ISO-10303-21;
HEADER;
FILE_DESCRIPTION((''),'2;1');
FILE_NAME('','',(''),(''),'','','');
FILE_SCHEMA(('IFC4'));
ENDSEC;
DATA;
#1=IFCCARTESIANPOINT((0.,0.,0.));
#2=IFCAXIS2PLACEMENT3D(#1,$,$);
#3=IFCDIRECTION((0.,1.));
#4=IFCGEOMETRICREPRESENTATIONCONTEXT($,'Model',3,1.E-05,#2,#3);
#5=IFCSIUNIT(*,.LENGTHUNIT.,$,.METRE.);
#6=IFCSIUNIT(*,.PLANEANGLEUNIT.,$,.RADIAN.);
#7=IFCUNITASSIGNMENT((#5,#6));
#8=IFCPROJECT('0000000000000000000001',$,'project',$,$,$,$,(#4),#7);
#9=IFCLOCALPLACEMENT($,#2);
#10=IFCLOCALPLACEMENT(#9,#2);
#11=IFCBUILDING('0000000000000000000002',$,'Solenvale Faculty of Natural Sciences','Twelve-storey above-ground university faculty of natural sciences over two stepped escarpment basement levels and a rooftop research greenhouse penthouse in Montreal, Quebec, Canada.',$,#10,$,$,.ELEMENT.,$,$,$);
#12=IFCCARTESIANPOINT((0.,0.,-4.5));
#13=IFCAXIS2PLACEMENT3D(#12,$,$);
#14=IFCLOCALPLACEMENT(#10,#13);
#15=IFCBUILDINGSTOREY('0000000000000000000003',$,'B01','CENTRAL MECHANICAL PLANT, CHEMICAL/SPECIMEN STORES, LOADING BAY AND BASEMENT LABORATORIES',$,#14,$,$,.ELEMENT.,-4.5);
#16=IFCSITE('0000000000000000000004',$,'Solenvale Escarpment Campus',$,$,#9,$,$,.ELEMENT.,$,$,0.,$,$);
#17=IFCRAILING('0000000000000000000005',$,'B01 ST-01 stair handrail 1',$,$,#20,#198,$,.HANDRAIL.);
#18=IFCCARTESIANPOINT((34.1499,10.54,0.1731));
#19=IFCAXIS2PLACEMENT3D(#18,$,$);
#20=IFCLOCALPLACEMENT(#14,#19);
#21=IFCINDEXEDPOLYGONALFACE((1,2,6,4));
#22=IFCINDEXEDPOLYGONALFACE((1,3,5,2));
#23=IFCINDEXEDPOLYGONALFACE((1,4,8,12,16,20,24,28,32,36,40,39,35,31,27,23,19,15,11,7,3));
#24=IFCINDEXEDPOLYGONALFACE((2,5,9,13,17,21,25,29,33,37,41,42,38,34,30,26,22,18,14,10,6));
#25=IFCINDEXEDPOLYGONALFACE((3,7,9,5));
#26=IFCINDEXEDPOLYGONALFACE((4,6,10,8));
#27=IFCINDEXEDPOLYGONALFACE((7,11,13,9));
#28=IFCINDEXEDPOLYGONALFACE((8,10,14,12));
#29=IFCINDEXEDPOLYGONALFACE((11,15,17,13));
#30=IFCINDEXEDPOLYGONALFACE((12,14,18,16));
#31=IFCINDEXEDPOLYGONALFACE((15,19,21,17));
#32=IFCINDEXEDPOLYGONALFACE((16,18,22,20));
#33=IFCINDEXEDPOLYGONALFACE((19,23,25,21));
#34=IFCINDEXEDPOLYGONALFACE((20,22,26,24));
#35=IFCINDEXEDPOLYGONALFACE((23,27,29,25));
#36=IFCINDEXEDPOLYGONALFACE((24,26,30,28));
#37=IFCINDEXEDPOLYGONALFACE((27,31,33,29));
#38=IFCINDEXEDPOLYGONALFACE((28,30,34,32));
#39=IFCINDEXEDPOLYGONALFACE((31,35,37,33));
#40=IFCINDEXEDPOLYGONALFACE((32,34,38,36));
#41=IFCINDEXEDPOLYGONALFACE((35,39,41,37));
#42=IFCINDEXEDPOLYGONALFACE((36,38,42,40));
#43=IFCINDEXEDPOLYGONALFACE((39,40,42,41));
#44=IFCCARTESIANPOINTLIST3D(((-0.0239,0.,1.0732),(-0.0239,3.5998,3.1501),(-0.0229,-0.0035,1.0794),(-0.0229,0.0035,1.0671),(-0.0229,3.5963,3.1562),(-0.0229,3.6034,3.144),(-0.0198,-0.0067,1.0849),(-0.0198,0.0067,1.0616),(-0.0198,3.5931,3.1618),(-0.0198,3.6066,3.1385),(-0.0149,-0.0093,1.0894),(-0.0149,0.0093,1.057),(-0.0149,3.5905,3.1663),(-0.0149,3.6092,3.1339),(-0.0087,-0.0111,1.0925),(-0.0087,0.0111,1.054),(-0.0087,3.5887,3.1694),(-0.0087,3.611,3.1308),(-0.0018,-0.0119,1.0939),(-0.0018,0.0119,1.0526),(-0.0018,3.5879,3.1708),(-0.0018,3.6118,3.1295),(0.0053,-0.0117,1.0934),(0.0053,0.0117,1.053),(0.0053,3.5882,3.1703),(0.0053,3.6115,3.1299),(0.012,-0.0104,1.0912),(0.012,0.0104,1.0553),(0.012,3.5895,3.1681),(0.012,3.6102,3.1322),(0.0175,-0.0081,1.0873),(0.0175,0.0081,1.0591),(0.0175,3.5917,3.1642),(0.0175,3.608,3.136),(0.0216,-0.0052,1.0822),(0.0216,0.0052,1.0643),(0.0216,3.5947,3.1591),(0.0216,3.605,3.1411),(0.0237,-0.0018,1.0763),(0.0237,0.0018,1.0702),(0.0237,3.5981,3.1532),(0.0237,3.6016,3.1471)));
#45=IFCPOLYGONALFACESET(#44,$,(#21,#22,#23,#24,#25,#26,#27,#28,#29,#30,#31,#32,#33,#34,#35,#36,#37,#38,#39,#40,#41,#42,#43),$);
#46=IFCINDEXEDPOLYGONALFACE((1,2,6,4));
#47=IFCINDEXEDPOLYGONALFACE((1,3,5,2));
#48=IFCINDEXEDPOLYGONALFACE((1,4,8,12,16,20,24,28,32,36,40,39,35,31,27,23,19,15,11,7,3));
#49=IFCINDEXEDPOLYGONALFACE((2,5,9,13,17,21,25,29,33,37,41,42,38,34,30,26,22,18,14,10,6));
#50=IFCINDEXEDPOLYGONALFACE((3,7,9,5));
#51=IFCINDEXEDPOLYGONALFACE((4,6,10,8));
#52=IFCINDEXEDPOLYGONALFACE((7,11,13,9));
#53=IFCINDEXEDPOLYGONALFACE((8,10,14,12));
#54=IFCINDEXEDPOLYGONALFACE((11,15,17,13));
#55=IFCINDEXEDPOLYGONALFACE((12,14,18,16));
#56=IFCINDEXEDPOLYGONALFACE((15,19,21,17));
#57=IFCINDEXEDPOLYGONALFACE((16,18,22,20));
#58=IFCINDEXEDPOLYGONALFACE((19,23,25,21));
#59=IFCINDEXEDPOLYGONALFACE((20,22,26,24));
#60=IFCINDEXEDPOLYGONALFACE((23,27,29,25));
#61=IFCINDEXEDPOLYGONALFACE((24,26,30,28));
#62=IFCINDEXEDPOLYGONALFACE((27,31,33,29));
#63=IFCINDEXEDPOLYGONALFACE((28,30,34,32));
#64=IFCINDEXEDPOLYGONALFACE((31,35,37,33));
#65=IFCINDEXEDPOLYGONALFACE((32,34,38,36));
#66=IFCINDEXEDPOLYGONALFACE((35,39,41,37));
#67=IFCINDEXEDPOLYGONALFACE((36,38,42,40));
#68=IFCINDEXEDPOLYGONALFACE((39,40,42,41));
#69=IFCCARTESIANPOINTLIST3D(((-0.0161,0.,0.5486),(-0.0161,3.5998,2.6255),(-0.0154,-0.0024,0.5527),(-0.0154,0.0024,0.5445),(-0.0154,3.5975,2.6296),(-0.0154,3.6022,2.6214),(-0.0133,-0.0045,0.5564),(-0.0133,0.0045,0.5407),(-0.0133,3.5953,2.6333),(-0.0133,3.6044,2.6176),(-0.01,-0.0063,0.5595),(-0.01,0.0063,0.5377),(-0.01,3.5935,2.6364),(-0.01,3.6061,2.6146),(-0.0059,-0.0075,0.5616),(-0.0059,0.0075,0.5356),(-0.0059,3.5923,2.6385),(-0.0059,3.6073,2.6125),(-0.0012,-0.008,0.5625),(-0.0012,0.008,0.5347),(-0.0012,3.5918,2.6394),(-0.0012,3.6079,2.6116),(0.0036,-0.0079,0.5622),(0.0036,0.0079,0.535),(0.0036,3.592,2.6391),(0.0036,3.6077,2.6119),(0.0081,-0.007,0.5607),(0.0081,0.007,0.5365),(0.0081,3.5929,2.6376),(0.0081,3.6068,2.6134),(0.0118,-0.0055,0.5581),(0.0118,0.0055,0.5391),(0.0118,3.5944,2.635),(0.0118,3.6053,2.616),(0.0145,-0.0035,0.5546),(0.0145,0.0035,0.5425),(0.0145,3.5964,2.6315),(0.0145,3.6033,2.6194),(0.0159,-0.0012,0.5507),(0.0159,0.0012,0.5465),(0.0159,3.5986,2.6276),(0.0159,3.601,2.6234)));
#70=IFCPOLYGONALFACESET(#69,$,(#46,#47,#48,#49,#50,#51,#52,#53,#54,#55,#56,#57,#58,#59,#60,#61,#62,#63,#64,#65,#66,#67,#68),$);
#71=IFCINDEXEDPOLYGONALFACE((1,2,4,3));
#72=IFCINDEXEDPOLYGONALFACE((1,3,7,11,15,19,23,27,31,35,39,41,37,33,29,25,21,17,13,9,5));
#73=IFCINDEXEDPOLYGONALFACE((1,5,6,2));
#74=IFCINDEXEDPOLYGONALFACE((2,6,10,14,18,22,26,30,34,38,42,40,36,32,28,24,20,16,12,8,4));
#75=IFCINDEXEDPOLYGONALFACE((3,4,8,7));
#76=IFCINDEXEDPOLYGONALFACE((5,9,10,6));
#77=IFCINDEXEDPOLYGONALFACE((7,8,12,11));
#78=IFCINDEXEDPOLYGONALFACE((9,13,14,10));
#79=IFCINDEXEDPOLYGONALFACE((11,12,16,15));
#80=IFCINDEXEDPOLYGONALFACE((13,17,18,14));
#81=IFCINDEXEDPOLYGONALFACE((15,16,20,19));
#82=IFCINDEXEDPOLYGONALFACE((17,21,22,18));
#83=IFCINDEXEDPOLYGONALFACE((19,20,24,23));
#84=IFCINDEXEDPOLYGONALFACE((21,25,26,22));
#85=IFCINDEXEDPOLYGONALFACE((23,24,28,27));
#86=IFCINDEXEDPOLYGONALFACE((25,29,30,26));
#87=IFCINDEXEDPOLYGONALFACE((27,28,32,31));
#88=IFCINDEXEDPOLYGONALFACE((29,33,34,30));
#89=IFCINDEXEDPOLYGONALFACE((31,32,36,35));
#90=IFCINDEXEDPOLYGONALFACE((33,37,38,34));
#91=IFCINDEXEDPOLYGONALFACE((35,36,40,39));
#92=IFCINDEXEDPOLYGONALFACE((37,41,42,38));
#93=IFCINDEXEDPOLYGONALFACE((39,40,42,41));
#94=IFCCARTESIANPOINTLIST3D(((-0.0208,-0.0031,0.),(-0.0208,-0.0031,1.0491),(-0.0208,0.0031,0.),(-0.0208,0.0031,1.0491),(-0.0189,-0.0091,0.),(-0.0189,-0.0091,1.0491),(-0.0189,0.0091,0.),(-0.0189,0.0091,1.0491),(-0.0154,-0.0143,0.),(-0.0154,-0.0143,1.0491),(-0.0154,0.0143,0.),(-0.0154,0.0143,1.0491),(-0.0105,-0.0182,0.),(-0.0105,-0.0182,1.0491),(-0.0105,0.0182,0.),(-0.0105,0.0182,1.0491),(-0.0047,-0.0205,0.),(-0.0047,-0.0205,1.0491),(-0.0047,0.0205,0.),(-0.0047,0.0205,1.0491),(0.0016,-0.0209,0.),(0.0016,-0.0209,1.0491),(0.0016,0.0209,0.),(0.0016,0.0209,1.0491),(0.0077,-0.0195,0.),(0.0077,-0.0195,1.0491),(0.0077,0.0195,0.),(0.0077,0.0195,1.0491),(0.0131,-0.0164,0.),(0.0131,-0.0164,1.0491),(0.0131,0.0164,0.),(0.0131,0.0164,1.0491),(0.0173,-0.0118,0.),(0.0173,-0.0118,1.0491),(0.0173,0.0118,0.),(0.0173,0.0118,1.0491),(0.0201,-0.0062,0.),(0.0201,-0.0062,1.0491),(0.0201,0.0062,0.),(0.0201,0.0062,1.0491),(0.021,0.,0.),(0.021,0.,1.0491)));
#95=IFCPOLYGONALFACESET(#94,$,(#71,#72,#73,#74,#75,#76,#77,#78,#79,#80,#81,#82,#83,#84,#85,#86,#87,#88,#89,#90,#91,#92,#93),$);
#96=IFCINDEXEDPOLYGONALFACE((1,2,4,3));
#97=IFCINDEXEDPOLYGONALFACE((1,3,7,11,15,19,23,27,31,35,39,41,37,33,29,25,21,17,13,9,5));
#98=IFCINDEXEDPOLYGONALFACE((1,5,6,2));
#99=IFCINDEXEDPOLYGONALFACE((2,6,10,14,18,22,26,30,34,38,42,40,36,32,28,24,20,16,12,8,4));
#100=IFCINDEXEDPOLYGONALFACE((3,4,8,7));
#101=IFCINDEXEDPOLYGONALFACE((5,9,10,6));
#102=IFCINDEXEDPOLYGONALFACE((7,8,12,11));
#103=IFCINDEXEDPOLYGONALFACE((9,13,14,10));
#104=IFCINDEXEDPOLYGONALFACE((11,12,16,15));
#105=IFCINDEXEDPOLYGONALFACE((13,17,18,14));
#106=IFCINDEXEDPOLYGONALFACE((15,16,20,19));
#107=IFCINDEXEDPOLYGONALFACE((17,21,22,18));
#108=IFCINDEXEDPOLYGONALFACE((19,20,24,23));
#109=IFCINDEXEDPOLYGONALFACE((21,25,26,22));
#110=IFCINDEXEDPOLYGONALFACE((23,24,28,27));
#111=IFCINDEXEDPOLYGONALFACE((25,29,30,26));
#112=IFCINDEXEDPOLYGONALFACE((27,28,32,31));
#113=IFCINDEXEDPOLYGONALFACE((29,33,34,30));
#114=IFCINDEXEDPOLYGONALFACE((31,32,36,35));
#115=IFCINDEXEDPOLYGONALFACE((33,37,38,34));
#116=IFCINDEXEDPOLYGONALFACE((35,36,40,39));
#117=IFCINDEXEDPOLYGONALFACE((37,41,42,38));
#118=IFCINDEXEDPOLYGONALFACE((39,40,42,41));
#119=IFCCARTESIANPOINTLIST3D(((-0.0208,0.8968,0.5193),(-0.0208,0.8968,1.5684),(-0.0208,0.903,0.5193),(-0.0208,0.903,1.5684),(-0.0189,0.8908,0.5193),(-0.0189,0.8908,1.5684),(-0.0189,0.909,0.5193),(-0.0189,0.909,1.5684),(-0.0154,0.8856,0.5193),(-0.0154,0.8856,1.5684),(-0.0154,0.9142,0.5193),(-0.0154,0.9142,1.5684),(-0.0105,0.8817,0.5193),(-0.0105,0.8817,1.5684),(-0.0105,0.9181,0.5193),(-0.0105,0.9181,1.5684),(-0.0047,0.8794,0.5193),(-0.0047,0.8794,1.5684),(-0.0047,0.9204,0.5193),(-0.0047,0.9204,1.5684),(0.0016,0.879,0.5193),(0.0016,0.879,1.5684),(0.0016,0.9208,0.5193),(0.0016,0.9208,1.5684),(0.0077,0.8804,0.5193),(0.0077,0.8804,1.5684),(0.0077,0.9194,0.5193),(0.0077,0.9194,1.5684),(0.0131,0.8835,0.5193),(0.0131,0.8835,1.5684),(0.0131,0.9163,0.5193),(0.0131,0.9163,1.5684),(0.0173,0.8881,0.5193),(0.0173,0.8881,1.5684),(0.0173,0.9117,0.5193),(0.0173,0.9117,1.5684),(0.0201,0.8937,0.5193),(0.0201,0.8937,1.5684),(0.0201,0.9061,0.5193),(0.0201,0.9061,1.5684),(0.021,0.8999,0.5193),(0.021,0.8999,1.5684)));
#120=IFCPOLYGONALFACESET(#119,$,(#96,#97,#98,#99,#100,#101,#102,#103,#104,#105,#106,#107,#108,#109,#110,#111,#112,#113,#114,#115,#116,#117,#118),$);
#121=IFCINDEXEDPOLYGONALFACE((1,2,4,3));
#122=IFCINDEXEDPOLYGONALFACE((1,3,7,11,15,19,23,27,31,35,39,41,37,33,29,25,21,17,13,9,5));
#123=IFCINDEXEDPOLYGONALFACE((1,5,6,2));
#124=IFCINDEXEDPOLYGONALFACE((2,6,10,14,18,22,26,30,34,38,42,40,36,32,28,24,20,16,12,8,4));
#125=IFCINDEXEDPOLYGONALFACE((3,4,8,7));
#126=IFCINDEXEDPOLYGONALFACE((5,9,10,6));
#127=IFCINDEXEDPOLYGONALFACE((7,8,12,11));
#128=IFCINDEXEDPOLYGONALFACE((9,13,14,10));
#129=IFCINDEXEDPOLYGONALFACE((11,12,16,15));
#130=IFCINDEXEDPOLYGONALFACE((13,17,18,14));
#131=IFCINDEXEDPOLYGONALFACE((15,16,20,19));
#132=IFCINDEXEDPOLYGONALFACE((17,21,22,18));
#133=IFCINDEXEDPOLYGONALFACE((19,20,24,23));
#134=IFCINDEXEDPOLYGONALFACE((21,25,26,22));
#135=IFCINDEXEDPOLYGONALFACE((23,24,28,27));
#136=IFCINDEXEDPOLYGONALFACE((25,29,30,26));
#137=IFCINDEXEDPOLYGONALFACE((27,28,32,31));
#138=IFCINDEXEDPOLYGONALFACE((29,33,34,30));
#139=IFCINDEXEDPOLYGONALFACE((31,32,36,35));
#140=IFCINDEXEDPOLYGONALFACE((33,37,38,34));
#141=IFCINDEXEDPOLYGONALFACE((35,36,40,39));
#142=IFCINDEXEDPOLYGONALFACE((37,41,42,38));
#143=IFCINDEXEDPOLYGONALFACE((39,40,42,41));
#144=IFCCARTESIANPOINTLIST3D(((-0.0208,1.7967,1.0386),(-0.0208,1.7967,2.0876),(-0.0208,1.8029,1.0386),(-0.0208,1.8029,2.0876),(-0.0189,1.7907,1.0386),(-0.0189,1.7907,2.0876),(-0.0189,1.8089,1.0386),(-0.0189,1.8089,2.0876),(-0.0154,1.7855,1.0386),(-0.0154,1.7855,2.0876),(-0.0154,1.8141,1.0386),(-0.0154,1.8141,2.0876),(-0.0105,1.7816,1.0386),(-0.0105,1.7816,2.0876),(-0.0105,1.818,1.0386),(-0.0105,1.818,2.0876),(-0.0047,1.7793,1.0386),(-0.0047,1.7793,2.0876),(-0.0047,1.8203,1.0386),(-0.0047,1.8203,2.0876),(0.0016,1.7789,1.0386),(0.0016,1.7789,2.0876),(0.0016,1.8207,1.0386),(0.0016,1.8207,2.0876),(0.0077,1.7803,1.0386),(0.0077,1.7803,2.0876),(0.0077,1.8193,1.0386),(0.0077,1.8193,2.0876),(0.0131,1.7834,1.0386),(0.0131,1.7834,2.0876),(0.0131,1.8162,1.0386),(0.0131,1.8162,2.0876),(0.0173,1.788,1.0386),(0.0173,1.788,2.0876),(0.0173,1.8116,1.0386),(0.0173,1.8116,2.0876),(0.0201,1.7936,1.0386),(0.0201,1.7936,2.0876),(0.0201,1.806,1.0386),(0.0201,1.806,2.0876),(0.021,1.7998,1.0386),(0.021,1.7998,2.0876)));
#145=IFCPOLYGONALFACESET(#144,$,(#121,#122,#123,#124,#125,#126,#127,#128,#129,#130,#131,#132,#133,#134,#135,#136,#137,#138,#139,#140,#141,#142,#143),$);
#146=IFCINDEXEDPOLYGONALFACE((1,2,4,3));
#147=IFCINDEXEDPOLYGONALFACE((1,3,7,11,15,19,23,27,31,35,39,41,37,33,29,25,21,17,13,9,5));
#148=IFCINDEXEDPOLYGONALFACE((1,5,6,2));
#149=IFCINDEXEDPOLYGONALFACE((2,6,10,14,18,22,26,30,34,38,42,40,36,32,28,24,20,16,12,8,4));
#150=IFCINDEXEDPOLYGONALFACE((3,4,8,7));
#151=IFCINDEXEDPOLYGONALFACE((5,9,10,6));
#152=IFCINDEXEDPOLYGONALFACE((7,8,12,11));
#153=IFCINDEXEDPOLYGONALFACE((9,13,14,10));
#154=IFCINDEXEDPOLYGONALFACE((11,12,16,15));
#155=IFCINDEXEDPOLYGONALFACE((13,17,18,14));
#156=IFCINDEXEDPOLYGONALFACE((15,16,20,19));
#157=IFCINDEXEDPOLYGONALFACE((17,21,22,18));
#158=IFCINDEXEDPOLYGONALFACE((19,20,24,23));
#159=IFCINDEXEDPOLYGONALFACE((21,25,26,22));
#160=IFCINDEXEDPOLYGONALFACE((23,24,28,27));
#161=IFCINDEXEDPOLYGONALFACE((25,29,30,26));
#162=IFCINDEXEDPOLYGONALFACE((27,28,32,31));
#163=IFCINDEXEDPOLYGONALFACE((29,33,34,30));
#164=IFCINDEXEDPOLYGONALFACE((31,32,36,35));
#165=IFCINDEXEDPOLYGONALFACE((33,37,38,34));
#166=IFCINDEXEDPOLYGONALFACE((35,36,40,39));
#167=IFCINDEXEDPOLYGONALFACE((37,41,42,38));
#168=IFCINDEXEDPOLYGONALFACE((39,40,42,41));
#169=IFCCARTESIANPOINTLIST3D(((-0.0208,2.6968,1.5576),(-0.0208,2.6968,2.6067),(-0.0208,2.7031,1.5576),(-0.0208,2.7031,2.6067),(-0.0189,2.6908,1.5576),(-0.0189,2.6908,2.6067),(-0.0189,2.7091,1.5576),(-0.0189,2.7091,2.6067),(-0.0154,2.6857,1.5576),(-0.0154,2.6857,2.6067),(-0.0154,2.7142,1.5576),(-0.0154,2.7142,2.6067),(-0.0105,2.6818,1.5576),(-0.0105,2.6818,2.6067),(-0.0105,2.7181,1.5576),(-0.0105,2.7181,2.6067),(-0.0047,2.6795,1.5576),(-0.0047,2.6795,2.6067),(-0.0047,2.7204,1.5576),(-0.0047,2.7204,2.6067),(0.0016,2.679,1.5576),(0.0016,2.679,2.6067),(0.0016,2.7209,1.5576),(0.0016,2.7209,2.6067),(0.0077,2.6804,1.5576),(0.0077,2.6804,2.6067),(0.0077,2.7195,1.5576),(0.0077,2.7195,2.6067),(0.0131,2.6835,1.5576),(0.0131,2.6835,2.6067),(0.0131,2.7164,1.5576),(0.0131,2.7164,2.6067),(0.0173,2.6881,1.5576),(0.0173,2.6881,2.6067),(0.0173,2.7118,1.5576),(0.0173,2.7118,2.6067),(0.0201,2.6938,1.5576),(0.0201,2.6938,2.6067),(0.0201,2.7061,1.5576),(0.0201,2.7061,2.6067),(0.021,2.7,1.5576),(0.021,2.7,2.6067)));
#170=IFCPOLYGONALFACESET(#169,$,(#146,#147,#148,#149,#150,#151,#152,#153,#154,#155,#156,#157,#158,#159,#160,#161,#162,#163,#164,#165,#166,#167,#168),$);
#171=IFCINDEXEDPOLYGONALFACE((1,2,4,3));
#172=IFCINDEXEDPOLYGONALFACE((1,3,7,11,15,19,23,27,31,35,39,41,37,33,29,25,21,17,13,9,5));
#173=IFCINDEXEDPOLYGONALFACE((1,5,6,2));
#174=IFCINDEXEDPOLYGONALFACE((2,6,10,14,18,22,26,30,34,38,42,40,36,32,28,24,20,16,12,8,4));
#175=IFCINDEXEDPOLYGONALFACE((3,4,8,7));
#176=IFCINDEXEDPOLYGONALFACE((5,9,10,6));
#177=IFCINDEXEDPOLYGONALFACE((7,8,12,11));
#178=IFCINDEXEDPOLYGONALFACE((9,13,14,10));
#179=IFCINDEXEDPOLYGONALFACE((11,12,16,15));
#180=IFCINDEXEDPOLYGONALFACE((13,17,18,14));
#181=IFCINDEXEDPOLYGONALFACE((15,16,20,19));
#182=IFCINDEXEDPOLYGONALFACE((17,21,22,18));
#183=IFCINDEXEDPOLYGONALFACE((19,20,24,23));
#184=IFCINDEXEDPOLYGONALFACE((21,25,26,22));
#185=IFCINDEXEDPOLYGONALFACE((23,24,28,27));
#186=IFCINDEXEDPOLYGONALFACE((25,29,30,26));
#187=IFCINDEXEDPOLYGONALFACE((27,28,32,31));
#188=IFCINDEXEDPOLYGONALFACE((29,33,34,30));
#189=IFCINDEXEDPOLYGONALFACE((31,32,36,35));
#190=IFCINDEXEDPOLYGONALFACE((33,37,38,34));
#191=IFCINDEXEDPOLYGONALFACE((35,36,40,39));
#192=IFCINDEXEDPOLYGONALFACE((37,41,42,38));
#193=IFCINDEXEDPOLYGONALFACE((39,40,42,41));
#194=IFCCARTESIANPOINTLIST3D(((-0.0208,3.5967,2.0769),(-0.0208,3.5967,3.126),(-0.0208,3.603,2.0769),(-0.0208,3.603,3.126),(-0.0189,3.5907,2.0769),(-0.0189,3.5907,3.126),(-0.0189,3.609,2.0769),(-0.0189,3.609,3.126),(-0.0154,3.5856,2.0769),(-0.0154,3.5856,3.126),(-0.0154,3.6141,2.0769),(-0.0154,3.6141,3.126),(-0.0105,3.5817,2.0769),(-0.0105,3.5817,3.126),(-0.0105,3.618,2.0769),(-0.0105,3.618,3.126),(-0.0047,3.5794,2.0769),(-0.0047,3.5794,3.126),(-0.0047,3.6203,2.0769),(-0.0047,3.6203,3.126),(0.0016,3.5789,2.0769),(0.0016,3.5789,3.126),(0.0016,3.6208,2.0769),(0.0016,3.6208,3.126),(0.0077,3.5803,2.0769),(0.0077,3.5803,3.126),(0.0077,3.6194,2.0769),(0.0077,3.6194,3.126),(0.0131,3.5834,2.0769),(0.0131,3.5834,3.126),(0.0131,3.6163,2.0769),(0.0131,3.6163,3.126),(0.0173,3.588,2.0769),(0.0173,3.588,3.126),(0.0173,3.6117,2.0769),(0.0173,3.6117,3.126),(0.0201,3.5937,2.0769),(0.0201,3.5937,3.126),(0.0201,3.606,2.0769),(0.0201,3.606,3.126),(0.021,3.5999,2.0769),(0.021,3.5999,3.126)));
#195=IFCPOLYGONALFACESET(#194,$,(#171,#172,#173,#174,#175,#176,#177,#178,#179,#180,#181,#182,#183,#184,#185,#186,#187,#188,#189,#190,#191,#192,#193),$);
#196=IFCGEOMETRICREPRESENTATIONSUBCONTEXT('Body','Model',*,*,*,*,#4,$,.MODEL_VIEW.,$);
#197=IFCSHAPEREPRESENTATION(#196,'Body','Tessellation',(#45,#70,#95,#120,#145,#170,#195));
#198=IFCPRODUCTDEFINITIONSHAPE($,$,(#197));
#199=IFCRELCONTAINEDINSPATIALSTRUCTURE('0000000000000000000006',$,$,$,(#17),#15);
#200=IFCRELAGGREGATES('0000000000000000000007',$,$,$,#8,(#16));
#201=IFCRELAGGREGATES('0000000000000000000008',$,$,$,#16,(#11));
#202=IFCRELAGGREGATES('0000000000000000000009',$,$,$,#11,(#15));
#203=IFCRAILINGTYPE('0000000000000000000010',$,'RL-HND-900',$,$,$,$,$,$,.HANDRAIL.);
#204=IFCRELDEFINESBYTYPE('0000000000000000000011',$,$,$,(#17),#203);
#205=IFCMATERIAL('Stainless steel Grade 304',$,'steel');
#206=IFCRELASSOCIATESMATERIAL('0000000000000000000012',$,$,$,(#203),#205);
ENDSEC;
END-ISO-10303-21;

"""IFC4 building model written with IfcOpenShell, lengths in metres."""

from ifc_helpers import new_model, si_unit, direction, frame, origin, origin_2d, place, context, subcontext, project, spatial, circle, extrude, material, type_object, element, save


model = new_model("IFC4")

# Units and contexts
model_context = context("Model", 3, precision=1e-05, world=origin(), true_north=direction((0.0, 1.0)))
body_context = subcontext(model_context, "Body", "Model", "MODEL_VIEW")
ifc_project = project(units=[si_unit("LENGTHUNIT", "METRE"), si_unit("PLANEANGLEUNIT", "RADIAN")], contexts=[model_context])

# Site, building, storey
site_placement = place(None, origin())
site = spatial("IfcSite", under=ifc_project, at=site_placement, Name="Solenvale Escarpment Campus", CompositionType="ELEMENT", RefElevation=0.0)
building_placement = place(site_placement, origin())
building = spatial("IfcBuilding", under=site, at=building_placement, Name="Solenvale Faculty of Natural Sciences", Description="Twelve-storey above-ground university faculty of natural sciences over two stepped escarpment basement levels and a rooftop research greenhouse penthouse in Montreal, Quebec, Canada.", CompositionType="ELEMENT")
storey_placement = place(building_placement, frame((0.0, 0.0, -4.5)))
storey = spatial("IfcBuildingStorey", under=building, at=storey_placement, Name="B01", Description="CENTRAL MECHANICAL PLANT, CHEMICAL/SPECIMEN STORES, LOADING BAY AND BASEMENT LABORATORIES", CompositionType="ELEMENT", Elevation=-4.5)

# Railing
ifc_material_1 = material(Name="Stainless steel Grade 304", Category="steel")
railing_type_1 = type_object("IfcRailingType", Name="RL-HND-900", PredefinedType="HANDRAIL", material=ifc_material_1)
railing_1_placement = place(storey_placement, frame((34.1499, 10.54, 0.1731)))
element("IfcRailing", 1, at=railing_1_placement, inside=storey, type_object=railing_type_1, Name="B01 ST-01 stair handrail 1", PredefinedType="HANDRAIL", context=body_context, shape_type="SweptSolid", body=[
    extrude(circle(Radius=0.0239, at=origin_2d()), frame((0.0, 0.0, 1.0732), z_axis=(0.0, 0.866179, 0.499734), x_axis=(-1.0, 0.0, 0.0)), (0.0, 0.0, 1.0), 4.156),
    extrude(circle(Radius=0.0161, at=origin_2d()), frame((0.0, 0.0, 0.5486), z_axis=(0.0, 0.866179, 0.499734), x_axis=(-1.0, 0.0, 0.0)), (0.0, 0.0, 1.0), 4.156),
    extrude(circle(Radius=0.021, at=origin_2d()), origin(), (0.0, 0.0, 1.0), 1.0491),
    extrude(circle(Radius=0.021, at=origin_2d()), frame((0.0, 0.8999, 0.5193)), (0.0, 0.0, 1.0), 1.0491),
    extrude(circle(Radius=0.021, at=origin_2d()), frame((0.0, 1.7998, 1.0386)), (0.0, 0.0, 1.0), 1.0491),
    extrude(circle(Radius=0.021, at=origin_2d()), frame((0.0, 2.7, 1.5576)), (0.0, 0.0, 1.0), 1.0491),
    extrude(circle(Radius=0.021, at=origin_2d()), frame((0.0, 3.5999, 2.0769)), (0.0, 0.0, 1.0), 1.0491),
])

save(model, "model.ifc")
